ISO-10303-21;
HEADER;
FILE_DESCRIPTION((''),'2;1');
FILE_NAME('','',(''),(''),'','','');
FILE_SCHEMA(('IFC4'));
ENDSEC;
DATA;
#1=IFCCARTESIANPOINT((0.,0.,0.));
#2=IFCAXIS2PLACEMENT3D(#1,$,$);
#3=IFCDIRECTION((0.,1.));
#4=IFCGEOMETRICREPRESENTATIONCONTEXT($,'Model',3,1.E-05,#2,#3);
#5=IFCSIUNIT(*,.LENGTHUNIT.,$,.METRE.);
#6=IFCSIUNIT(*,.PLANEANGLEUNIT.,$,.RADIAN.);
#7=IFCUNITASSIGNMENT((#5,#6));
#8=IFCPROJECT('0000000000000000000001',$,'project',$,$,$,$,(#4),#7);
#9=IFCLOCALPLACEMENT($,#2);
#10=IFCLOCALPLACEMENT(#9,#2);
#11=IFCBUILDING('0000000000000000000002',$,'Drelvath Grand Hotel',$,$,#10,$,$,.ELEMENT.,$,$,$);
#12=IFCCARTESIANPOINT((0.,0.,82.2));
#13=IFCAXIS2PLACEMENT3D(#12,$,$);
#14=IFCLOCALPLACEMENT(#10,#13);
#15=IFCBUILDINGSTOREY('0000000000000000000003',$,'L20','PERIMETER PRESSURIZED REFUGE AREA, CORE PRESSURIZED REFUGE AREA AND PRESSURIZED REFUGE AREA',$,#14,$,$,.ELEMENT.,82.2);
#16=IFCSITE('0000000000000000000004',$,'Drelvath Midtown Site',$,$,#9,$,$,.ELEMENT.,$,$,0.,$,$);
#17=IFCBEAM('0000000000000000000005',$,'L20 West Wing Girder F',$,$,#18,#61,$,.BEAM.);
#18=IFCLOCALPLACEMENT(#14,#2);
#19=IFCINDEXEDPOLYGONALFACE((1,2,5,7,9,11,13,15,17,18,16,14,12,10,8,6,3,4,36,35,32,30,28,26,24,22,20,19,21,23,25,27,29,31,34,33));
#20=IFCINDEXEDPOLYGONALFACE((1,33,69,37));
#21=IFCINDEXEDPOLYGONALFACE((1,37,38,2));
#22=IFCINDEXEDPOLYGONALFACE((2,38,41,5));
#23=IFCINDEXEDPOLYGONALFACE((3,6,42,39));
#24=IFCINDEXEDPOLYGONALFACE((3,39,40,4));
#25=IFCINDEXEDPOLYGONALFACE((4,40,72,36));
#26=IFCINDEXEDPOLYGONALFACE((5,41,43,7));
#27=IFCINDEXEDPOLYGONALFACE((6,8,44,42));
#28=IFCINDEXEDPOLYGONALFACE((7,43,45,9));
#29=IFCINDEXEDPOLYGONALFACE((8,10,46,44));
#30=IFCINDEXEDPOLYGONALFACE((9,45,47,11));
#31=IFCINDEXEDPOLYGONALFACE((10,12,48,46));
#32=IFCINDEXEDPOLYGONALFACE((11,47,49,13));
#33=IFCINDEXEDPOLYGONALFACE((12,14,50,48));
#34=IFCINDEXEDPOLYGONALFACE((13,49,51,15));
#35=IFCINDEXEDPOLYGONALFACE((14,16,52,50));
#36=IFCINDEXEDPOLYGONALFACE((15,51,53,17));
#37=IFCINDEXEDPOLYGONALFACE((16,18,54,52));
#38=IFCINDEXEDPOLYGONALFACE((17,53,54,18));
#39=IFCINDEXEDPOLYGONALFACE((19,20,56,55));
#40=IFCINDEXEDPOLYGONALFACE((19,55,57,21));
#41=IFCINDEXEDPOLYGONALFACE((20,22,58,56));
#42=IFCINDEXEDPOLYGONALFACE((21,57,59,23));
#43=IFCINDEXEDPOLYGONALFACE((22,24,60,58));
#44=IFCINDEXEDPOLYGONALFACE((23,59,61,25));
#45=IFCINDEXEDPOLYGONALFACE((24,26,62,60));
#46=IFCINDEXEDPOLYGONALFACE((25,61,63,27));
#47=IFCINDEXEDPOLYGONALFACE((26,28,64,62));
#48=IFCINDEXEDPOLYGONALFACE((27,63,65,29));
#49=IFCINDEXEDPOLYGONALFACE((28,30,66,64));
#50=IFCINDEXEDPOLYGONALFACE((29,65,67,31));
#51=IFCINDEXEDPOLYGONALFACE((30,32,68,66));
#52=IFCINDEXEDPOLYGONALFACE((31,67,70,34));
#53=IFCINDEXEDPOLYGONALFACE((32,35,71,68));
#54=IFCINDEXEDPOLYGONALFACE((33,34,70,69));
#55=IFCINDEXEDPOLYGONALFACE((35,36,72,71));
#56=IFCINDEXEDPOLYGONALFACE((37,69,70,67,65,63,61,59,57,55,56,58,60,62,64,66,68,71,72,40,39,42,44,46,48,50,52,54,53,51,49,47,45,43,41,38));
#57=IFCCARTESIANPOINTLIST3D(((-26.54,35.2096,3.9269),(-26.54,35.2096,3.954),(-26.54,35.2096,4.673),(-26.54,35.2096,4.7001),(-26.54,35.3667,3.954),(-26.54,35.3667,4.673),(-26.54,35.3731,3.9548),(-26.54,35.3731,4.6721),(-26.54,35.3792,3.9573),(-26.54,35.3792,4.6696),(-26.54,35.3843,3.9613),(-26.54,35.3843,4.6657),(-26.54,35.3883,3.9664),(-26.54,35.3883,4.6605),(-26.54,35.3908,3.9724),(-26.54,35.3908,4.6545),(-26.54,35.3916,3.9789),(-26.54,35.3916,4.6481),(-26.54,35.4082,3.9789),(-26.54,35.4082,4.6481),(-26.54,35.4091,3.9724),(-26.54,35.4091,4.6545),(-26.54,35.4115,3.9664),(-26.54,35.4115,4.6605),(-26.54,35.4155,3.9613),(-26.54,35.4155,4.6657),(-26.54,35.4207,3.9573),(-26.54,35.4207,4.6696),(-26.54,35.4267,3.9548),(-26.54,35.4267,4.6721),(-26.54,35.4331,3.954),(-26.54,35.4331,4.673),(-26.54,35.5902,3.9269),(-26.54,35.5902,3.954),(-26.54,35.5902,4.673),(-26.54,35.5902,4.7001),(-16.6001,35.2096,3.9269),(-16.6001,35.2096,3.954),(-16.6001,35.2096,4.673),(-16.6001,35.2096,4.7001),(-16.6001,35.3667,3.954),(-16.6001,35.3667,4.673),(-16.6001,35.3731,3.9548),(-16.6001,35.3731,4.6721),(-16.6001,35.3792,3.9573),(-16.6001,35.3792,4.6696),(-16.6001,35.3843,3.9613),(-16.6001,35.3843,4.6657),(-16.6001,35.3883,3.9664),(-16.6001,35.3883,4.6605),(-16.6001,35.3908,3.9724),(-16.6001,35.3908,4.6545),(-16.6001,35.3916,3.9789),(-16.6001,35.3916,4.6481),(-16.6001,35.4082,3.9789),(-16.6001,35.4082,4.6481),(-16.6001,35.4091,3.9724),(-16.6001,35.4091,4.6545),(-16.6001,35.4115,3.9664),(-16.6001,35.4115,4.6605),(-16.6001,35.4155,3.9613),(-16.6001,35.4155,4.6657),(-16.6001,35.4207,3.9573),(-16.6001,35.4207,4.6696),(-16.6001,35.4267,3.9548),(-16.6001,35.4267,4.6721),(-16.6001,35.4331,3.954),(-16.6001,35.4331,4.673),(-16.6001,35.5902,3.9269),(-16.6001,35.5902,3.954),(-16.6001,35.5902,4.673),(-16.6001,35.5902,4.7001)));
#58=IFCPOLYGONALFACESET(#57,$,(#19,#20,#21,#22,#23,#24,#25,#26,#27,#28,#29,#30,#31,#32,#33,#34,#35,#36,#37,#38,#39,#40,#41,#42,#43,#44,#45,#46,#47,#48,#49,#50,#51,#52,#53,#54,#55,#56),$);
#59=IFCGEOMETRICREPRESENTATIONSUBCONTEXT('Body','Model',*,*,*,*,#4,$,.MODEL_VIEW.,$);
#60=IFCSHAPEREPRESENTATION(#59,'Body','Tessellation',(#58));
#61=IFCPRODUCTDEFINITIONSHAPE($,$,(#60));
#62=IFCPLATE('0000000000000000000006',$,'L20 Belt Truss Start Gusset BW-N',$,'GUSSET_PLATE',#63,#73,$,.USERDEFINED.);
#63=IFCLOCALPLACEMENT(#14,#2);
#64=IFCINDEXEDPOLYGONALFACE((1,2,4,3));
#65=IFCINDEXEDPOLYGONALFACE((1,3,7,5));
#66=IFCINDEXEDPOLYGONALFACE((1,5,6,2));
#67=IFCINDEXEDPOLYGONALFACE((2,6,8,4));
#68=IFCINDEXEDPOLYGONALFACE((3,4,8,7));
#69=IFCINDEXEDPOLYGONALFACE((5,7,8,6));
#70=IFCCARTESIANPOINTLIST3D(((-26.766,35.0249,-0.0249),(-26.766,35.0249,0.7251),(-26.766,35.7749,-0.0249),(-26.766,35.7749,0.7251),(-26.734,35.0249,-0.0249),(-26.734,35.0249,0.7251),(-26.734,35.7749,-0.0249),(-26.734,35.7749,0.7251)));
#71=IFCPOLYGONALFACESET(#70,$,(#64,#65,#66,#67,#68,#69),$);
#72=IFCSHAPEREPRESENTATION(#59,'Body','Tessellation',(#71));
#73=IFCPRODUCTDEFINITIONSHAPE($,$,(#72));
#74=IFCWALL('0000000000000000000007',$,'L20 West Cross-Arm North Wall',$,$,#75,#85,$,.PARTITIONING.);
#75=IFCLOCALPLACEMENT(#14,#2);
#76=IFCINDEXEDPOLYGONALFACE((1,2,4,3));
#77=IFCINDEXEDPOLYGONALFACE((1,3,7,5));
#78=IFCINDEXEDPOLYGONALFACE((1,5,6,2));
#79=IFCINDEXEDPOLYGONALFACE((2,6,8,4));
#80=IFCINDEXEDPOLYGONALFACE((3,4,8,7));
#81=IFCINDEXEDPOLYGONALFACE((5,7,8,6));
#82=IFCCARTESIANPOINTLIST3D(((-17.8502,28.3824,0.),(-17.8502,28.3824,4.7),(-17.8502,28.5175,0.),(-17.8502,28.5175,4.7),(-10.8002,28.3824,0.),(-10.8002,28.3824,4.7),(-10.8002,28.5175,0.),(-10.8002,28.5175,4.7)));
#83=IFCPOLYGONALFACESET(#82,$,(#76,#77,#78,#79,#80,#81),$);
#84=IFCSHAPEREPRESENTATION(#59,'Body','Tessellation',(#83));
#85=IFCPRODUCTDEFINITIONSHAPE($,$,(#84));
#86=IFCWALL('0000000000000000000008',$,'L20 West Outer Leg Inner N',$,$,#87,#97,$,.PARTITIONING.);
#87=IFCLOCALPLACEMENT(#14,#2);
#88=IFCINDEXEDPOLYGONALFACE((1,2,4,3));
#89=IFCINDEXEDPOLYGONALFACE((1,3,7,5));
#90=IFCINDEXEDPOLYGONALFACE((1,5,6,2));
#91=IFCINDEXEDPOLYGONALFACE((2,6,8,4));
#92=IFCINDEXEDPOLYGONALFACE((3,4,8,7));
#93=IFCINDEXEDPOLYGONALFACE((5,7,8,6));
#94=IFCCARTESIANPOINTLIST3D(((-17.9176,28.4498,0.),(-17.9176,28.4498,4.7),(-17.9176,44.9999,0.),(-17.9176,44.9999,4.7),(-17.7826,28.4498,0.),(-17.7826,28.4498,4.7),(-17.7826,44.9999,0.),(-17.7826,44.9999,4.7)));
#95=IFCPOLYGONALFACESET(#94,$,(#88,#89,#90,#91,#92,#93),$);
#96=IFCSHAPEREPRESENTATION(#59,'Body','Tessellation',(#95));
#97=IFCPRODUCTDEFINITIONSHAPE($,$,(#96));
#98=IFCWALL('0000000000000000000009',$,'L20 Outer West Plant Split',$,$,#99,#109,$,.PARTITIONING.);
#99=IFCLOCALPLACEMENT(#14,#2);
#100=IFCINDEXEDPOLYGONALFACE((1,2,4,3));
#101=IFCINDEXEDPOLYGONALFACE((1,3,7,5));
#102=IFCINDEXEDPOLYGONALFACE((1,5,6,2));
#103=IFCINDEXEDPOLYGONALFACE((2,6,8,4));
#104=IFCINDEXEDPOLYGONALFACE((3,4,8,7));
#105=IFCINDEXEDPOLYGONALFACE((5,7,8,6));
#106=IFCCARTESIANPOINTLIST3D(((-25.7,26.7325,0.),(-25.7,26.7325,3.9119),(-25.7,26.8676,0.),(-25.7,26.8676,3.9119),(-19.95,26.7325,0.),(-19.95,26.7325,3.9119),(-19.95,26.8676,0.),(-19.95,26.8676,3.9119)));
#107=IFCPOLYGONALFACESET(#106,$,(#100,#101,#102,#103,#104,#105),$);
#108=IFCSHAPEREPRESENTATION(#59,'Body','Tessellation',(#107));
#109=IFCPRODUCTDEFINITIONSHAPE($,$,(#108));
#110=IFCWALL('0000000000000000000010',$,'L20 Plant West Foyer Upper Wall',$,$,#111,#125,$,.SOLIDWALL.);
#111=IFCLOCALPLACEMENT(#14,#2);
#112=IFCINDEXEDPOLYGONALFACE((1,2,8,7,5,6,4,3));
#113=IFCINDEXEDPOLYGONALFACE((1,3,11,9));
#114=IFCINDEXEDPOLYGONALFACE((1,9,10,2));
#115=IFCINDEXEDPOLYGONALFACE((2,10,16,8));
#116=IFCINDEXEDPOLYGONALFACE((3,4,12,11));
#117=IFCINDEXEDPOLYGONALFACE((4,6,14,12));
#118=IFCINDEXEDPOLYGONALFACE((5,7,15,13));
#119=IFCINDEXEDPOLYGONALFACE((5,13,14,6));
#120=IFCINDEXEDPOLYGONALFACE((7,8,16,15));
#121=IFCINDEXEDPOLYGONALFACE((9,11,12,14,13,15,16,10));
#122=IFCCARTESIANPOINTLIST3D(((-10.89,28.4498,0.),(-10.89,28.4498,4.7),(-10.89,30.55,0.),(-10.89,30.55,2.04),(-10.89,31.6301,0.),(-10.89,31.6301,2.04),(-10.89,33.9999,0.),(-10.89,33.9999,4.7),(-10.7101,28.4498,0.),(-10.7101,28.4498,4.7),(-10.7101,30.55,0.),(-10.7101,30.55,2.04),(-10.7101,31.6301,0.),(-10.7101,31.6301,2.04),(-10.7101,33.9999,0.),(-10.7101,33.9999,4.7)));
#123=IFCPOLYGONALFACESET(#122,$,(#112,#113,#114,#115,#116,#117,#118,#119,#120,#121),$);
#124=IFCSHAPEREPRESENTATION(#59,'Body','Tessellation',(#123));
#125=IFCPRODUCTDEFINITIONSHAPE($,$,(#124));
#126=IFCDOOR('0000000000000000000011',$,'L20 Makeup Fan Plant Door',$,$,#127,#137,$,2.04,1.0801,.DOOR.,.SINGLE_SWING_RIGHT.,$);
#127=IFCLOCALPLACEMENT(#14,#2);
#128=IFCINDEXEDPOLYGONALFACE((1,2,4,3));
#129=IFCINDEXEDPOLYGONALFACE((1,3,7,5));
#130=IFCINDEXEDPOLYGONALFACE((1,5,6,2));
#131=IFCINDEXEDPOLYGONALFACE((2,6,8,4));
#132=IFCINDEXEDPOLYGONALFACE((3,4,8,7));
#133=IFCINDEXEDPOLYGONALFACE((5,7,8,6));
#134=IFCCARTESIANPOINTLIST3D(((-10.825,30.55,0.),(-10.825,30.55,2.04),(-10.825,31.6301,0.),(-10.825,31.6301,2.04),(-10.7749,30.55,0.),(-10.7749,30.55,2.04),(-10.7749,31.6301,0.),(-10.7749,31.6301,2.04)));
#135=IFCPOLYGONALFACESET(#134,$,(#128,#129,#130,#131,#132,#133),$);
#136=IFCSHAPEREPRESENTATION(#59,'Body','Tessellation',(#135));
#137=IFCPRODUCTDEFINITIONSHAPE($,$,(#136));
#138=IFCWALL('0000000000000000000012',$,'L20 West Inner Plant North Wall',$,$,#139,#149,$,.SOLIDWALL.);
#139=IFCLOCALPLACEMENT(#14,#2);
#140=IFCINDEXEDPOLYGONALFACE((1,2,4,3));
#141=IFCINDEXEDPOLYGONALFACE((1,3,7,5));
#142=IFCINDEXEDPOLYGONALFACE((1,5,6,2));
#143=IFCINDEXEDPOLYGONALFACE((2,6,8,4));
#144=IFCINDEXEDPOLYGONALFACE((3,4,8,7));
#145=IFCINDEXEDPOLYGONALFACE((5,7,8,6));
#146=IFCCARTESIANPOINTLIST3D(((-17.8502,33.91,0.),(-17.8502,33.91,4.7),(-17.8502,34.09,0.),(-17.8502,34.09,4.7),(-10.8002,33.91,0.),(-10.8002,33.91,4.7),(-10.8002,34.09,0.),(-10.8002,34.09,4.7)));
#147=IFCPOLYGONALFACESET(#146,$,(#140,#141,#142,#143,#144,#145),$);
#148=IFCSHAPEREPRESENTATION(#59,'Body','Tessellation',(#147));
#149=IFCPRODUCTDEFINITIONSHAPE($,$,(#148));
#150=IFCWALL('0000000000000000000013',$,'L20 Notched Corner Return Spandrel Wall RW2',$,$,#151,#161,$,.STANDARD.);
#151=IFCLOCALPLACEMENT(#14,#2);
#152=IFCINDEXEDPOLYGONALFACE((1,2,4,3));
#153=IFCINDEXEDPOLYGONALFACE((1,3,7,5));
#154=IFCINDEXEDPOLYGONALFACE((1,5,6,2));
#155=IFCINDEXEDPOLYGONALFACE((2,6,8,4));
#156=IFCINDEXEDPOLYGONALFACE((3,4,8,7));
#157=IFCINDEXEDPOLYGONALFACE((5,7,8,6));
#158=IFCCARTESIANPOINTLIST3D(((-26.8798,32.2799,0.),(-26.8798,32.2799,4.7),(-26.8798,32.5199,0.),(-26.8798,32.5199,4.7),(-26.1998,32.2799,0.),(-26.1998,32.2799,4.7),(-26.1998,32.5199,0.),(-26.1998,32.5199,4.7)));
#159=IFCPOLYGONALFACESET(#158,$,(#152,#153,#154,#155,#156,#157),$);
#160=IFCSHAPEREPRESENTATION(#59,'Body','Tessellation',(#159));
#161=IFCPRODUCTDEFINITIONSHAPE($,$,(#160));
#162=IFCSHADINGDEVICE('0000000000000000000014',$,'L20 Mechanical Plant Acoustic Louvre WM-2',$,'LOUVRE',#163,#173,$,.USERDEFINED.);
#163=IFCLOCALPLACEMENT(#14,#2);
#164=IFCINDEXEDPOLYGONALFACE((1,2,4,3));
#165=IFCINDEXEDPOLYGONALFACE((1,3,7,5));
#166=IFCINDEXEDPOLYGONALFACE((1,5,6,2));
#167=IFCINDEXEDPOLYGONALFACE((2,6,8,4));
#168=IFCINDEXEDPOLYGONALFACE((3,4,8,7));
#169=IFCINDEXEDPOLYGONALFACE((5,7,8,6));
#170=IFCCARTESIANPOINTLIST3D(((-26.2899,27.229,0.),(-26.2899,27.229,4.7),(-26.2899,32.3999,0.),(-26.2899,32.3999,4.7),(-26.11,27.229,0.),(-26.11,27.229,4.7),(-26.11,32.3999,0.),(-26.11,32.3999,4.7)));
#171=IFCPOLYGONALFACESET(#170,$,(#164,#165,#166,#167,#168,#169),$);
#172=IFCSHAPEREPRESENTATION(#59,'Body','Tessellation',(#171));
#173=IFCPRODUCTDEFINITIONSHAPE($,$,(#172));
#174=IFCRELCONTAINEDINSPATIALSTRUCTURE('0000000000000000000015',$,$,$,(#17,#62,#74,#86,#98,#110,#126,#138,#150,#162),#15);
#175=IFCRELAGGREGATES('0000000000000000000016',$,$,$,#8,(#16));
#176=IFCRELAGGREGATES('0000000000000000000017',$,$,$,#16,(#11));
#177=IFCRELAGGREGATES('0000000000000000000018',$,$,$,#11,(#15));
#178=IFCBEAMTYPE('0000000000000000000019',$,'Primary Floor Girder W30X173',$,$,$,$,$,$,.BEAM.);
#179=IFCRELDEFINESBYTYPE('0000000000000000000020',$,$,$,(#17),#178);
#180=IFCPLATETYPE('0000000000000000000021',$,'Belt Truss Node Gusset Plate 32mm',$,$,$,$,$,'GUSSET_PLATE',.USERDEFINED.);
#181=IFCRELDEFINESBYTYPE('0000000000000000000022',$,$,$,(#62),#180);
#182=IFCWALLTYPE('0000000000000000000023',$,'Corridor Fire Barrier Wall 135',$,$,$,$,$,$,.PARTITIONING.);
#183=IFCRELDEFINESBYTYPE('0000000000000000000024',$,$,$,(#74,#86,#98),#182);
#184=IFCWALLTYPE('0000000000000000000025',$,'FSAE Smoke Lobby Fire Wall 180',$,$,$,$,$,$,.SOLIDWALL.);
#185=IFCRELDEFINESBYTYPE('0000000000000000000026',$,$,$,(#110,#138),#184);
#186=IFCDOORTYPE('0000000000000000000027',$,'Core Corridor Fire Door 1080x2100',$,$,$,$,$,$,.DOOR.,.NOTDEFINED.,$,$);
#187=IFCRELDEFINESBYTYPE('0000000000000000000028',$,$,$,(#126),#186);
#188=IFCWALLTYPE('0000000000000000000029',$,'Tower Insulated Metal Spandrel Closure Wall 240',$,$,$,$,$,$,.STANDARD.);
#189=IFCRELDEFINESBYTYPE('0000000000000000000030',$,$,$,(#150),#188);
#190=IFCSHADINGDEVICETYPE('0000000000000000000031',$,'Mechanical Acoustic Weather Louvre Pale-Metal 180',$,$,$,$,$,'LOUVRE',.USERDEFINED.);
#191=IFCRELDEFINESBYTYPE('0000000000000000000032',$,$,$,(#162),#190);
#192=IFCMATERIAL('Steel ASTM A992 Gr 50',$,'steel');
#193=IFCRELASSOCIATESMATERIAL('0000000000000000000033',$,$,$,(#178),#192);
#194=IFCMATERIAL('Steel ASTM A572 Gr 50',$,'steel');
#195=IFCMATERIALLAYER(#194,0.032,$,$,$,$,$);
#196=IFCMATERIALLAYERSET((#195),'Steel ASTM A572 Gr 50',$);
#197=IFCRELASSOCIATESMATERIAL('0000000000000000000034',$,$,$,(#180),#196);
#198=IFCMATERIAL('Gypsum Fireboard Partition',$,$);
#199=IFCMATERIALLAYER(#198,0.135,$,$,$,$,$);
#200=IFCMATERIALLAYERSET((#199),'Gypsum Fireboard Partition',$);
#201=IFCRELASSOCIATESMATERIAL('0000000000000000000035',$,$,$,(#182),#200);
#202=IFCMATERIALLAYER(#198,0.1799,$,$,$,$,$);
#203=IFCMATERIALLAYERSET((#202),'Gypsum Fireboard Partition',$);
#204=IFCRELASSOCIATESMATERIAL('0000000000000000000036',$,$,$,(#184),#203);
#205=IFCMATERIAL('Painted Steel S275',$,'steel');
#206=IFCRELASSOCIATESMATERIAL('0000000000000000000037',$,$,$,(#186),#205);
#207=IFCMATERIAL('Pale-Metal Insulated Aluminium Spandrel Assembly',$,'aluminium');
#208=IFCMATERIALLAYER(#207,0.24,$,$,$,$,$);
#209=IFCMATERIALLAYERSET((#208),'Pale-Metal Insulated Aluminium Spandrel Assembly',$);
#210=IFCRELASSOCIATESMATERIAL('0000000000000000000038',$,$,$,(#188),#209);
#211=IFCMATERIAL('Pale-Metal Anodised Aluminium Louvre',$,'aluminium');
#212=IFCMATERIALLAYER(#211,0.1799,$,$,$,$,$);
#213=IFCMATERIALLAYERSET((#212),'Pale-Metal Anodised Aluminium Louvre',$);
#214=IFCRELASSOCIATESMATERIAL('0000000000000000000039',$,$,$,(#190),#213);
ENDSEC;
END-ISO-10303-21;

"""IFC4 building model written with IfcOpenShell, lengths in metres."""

from ifc_helpers import new_model, si_unit, direction, frame, frame_2d, origin, origin_2d, place, context, subcontext, project, spatial, rectangle, i_section, extrude, material, layer, layer_set, material_profile, profile_set, type_object, element, fill, save


model = new_model("IFC4")

# Units and contexts
model_context = context("Model", 3, precision=1e-05, world=origin(), true_north=direction((0.0, 1.0)))
body_context = subcontext(model_context, "Body", "Model", "MODEL_VIEW")
ifc_project = project(units=[si_unit("LENGTHUNIT", "METRE"), si_unit("PLANEANGLEUNIT", "RADIAN")], contexts=[model_context])

# Site, building, storey
site_placement = place(None, origin())
site = spatial("IfcSite", under=ifc_project, at=site_placement, Name="Drelvath Midtown Site", CompositionType="ELEMENT", RefElevation=0.0)
building_placement = place(site_placement, origin())
building = spatial("IfcBuilding", under=site, at=building_placement, Name="Drelvath Grand Hotel", CompositionType="ELEMENT")
storey_placement = place(building_placement, frame((0.0, 0.0, 82.2)))
storey = spatial("IfcBuildingStorey", under=building, at=storey_placement, Name="L20", Description="PERIMETER PRESSURIZED REFUGE AREA, CORE PRESSURIZED REFUGE AREA AND PRESSURIZED REFUGE AREA", CompositionType="ELEMENT", Elevation=82.2)

# Beam
ifc_material_1 = material(Name="Steel ASTM A992 Gr 50", Category="steel")
ifc_material_profile_1 = material_profile(ifc_material_1, i_section(OverallWidth=0.3806, OverallDepth=0.7732, WebThickness=0.0166, FlangeThickness=0.0271, FilletRadius=0.0249, at=origin_2d()), Name="W30X173")
ifc_profile_set_1 = profile_set([ifc_material_profile_1], Name="Steel ASTM A992 Gr 50")
beam_type_1 = type_object("IfcBeamType", Name="Primary Floor Girder W30X173", PredefinedType="BEAM", material=ifc_profile_set_1)
beam_1_placement = place(storey_placement, frame((-26.54, 35.3999, 4.3135), z_axis=(1.0, 0.0, 0.0), x_axis=(0.0, 1.0, 0.0)))
element("IfcBeam", 1, at=beam_1_placement, inside=storey, type_object=beam_type_1, Name="L20 West Wing Girder F", PredefinedType="BEAM", context=body_context, shape_type="SweptSolid", body=[
    extrude(i_section(OverallWidth=0.3806, OverallDepth=0.7732, WebThickness=0.0166, FlangeThickness=0.0271, FilletRadius=0.0249, at=origin_2d()), origin(), (0.0, 0.0, 1.0), 9.9399),
])

# Plate
ifc_material_2 = material(Name="Steel ASTM A572 Gr 50", Category="steel")
ifc_layer_1 = layer(ifc_material_2, 0.032)
ifc_layer_set_1 = layer_set([ifc_layer_1], Name="Steel ASTM A572 Gr 50")
plate_type = type_object("IfcPlateType", Name="Belt Truss Node Gusset Plate 32mm", ElementType="GUSSET_PLATE", PredefinedType="USERDEFINED", material=ifc_layer_set_1)
plate_placement = place(storey_placement, frame((-26.75, 35.3999, -0.0249), z_axis=(0.0, 0.0, 1.0), x_axis=(0.0, 1.0, 0.0)))
element("IfcPlate", 2, at=plate_placement, inside=storey, type_object=plate_type, Name="L20 Belt Truss Start Gusset BW-N", ObjectType="GUSSET_PLATE", PredefinedType="USERDEFINED", context=body_context, shape_type="SweptSolid", body=[
    extrude(rectangle(XDim=0.75, YDim=0.032, at=origin_2d()), origin(), (0.0, 0.0, 1.0), 0.75),
])

# Walls
ifc_material_3 = material(Name="Gypsum Fireboard Partition")
ifc_layer_2 = layer(ifc_material_3, 0.135)
ifc_layer_set_2 = layer_set([ifc_layer_2], Name="Gypsum Fireboard Partition")
wall_type_1 = type_object("IfcWallType", Name="Corridor Fire Barrier Wall 135", PredefinedType="PARTITIONING", material=ifc_layer_set_2)
wall_1_placement = place(storey_placement, frame((-17.8501, 28.45, 0.0), z_axis=(0.0, 0.0, 1.0), x_axis=(1.0, 0.0, 0.0)))
element("IfcWall", 3, at=wall_1_placement, inside=storey, type_object=wall_type_1, Name="L20 West Cross-Arm North Wall", PredefinedType="PARTITIONING", context=body_context, shape_type="SweptSolid", body=[
    extrude(rectangle(XDim=7.05, YDim=0.135, at=frame_2d((3.5249, 0.0))), origin(), (0.0, 0.0, 1.0), 4.7),
])
wall_2_placement = place(storey_placement, frame((-17.8501, 28.45, 0.0), z_axis=(0.0, 0.0, 1.0), x_axis=(0.0, 1.0, 0.0)))
element("IfcWall", 4, at=wall_2_placement, inside=storey, type_object=wall_type_1, Name="L20 West Outer Leg Inner N", PredefinedType="PARTITIONING", context=body_context, shape_type="SweptSolid", body=[
    extrude(rectangle(XDim=16.55, YDim=0.135, at=frame_2d((8.2749, 0.0))), origin(), (0.0, 0.0, 1.0), 4.7),
])
wall_3_placement = place(storey_placement, frame((-25.7, 26.8, 0.0), z_axis=(0.0, 0.0, 1.0), x_axis=(1.0, 0.0, 0.0)))
element("IfcWall", 5, at=wall_3_placement, inside=storey, type_object=wall_type_1, Name="L20 Outer West Plant Split", PredefinedType="PARTITIONING", context=body_context, shape_type="SweptSolid", body=[
    extrude(rectangle(XDim=5.75, YDim=0.135, at=frame_2d((2.875, 0.0))), origin(), (0.0, 0.0, 1.0), 3.9119),
])

# Wall, opening, door
ifc_layer_3 = layer(ifc_material_3, 0.1799)
ifc_layer_set_3 = layer_set([ifc_layer_3], Name="Gypsum Fireboard Partition")
wall_type_2 = type_object("IfcWallType", Name="FSAE Smoke Lobby Fire Wall 180", PredefinedType="SOLIDWALL", material=ifc_layer_set_3)
wall_4_placement = place(storey_placement, frame((-10.8, 28.45, 0.0), z_axis=(0.0, 0.0, 1.0), x_axis=(0.0, 1.0, 0.0)))
wall_4 = element("IfcWall", 6, at=wall_4_placement, inside=storey, type_object=wall_type_2, Name="L20 Plant West Foyer Upper Wall", PredefinedType="SOLIDWALL", context=body_context, shape_type="SweptSolid", body=[
    extrude(rectangle(XDim=5.55, YDim=0.1799, at=frame_2d((2.7749, 0.0))), origin(), (0.0, 0.0, 1.0), 4.7),
])
opening_placement = place(wall_4_placement, frame((2.1001, 0.0, 0.0)))
opening = element("IfcOpeningElement", 7, at=opening_placement, cuts=wall_4, PredefinedType="OPENING", context=body_context, shape_type="SweptSolid", body=[
    extrude(rectangle(XDim=1.0801, YDim=2.04, at=frame_2d((0.54, 1.02))), frame((0.0, 0.0999, 0.0), z_axis=(0.0, -1.0, 0.0), x_axis=(1.0, 0.0, 0.0)), (0.0, 0.0, 1.0), 0.2),
])
ifc_material_4 = material(Name="Painted Steel S275", Category="steel")
door_type = type_object("IfcDoorType", Name="Core Corridor Fire Door 1080x2100", OperationType="NOTDEFINED", PredefinedType="DOOR", material=ifc_material_4)
door_placement = place(opening_placement, origin())
door = element("IfcDoor", 8, at=door_placement, inside=storey, type_object=door_type, Name="L20 Makeup Fan Plant Door", OperationType="SINGLE_SWING_RIGHT", OverallHeight=2.04, OverallWidth=1.0801, PredefinedType="DOOR", context=body_context, shape_type="SweptSolid", body=[
    extrude(rectangle(XDim=1.0801, YDim=2.04, at=frame_2d((0.54, 1.02))), frame((0.0, 0.0249, 0.0), z_axis=(0.0, -1.0, 0.0), x_axis=(1.0, 0.0, 0.0)), (0.0, 0.0, 1.0), 0.05),
])
fill(opening, door)

# Walls
wall_5_placement = place(storey_placement, frame((-17.8501, 34.0, 0.0), z_axis=(0.0, 0.0, 1.0), x_axis=(1.0, 0.0, 0.0)))
element("IfcWall", 9, at=wall_5_placement, inside=storey, type_object=wall_type_2, Name="L20 West Inner Plant North Wall", PredefinedType="SOLIDWALL", context=body_context, shape_type="SweptSolid", body=[
    extrude(rectangle(XDim=7.05, YDim=0.1799, at=frame_2d((3.5249, 0.0))), origin(), (0.0, 0.0, 1.0), 4.7),
])
ifc_material_5 = material(Name="Pale-Metal Insulated Aluminium Spandrel Assembly", Category="aluminium")
ifc_layer_4 = layer(ifc_material_5, 0.24)
ifc_layer_set_4 = layer_set([ifc_layer_4], Name="Pale-Metal Insulated Aluminium Spandrel Assembly")
wall_type_3 = type_object("IfcWallType", Name="Tower Insulated Metal Spandrel Closure Wall 240", PredefinedType="STANDARD", material=ifc_layer_set_4)
wall_6_placement = place(storey_placement, frame((-26.2, 32.3999, 0.0), z_axis=(0.0, 0.0, 1.0), x_axis=(-1.0, 0.0, 0.0)))
element("IfcWall", 10, at=wall_6_placement, inside=storey, type_object=wall_type_3, Name="L20 Notched Corner Return Spandrel Wall RW2", PredefinedType="STANDARD", context=body_context, shape_type="SweptSolid", body=[
    extrude(rectangle(XDim=0.6799, YDim=0.24, at=frame_2d((0.3398, 0.0))), origin(), (0.0, 0.0, 1.0), 4.7),
])

# Shading device
ifc_material_6 = material(Name="Pale-Metal Anodised Aluminium Louvre", Category="aluminium")
ifc_layer_5 = layer(ifc_material_6, 0.1799)
ifc_layer_set_5 = layer_set([ifc_layer_5], Name="Pale-Metal Anodised Aluminium Louvre")
shading_device_type = type_object("IfcShadingDeviceType", Name="Mechanical Acoustic Weather Louvre Pale-Metal 180", ElementType="LOUVRE", PredefinedType="USERDEFINED", material=ifc_layer_set_5)
shading_device_1_placement = place(storey_placement, frame((-26.2, 29.8145, 0.0), z_axis=(0.0, 0.0, 1.0), x_axis=(0.0, 1.0, 0.0)))
element("IfcShadingDevice", 11, at=shading_device_1_placement, inside=storey, type_object=shading_device_type, Name="L20 Mechanical Plant Acoustic Louvre WM-2", ObjectType="LOUVRE", PredefinedType="USERDEFINED", context=body_context, shape_type="SweptSolid", body=[
    extrude(rectangle(XDim=5.1709, YDim=0.1799, at=origin_2d()), origin(), (0.0, 0.0, 1.0), 4.7),
])

save(model, "model.ifc")
